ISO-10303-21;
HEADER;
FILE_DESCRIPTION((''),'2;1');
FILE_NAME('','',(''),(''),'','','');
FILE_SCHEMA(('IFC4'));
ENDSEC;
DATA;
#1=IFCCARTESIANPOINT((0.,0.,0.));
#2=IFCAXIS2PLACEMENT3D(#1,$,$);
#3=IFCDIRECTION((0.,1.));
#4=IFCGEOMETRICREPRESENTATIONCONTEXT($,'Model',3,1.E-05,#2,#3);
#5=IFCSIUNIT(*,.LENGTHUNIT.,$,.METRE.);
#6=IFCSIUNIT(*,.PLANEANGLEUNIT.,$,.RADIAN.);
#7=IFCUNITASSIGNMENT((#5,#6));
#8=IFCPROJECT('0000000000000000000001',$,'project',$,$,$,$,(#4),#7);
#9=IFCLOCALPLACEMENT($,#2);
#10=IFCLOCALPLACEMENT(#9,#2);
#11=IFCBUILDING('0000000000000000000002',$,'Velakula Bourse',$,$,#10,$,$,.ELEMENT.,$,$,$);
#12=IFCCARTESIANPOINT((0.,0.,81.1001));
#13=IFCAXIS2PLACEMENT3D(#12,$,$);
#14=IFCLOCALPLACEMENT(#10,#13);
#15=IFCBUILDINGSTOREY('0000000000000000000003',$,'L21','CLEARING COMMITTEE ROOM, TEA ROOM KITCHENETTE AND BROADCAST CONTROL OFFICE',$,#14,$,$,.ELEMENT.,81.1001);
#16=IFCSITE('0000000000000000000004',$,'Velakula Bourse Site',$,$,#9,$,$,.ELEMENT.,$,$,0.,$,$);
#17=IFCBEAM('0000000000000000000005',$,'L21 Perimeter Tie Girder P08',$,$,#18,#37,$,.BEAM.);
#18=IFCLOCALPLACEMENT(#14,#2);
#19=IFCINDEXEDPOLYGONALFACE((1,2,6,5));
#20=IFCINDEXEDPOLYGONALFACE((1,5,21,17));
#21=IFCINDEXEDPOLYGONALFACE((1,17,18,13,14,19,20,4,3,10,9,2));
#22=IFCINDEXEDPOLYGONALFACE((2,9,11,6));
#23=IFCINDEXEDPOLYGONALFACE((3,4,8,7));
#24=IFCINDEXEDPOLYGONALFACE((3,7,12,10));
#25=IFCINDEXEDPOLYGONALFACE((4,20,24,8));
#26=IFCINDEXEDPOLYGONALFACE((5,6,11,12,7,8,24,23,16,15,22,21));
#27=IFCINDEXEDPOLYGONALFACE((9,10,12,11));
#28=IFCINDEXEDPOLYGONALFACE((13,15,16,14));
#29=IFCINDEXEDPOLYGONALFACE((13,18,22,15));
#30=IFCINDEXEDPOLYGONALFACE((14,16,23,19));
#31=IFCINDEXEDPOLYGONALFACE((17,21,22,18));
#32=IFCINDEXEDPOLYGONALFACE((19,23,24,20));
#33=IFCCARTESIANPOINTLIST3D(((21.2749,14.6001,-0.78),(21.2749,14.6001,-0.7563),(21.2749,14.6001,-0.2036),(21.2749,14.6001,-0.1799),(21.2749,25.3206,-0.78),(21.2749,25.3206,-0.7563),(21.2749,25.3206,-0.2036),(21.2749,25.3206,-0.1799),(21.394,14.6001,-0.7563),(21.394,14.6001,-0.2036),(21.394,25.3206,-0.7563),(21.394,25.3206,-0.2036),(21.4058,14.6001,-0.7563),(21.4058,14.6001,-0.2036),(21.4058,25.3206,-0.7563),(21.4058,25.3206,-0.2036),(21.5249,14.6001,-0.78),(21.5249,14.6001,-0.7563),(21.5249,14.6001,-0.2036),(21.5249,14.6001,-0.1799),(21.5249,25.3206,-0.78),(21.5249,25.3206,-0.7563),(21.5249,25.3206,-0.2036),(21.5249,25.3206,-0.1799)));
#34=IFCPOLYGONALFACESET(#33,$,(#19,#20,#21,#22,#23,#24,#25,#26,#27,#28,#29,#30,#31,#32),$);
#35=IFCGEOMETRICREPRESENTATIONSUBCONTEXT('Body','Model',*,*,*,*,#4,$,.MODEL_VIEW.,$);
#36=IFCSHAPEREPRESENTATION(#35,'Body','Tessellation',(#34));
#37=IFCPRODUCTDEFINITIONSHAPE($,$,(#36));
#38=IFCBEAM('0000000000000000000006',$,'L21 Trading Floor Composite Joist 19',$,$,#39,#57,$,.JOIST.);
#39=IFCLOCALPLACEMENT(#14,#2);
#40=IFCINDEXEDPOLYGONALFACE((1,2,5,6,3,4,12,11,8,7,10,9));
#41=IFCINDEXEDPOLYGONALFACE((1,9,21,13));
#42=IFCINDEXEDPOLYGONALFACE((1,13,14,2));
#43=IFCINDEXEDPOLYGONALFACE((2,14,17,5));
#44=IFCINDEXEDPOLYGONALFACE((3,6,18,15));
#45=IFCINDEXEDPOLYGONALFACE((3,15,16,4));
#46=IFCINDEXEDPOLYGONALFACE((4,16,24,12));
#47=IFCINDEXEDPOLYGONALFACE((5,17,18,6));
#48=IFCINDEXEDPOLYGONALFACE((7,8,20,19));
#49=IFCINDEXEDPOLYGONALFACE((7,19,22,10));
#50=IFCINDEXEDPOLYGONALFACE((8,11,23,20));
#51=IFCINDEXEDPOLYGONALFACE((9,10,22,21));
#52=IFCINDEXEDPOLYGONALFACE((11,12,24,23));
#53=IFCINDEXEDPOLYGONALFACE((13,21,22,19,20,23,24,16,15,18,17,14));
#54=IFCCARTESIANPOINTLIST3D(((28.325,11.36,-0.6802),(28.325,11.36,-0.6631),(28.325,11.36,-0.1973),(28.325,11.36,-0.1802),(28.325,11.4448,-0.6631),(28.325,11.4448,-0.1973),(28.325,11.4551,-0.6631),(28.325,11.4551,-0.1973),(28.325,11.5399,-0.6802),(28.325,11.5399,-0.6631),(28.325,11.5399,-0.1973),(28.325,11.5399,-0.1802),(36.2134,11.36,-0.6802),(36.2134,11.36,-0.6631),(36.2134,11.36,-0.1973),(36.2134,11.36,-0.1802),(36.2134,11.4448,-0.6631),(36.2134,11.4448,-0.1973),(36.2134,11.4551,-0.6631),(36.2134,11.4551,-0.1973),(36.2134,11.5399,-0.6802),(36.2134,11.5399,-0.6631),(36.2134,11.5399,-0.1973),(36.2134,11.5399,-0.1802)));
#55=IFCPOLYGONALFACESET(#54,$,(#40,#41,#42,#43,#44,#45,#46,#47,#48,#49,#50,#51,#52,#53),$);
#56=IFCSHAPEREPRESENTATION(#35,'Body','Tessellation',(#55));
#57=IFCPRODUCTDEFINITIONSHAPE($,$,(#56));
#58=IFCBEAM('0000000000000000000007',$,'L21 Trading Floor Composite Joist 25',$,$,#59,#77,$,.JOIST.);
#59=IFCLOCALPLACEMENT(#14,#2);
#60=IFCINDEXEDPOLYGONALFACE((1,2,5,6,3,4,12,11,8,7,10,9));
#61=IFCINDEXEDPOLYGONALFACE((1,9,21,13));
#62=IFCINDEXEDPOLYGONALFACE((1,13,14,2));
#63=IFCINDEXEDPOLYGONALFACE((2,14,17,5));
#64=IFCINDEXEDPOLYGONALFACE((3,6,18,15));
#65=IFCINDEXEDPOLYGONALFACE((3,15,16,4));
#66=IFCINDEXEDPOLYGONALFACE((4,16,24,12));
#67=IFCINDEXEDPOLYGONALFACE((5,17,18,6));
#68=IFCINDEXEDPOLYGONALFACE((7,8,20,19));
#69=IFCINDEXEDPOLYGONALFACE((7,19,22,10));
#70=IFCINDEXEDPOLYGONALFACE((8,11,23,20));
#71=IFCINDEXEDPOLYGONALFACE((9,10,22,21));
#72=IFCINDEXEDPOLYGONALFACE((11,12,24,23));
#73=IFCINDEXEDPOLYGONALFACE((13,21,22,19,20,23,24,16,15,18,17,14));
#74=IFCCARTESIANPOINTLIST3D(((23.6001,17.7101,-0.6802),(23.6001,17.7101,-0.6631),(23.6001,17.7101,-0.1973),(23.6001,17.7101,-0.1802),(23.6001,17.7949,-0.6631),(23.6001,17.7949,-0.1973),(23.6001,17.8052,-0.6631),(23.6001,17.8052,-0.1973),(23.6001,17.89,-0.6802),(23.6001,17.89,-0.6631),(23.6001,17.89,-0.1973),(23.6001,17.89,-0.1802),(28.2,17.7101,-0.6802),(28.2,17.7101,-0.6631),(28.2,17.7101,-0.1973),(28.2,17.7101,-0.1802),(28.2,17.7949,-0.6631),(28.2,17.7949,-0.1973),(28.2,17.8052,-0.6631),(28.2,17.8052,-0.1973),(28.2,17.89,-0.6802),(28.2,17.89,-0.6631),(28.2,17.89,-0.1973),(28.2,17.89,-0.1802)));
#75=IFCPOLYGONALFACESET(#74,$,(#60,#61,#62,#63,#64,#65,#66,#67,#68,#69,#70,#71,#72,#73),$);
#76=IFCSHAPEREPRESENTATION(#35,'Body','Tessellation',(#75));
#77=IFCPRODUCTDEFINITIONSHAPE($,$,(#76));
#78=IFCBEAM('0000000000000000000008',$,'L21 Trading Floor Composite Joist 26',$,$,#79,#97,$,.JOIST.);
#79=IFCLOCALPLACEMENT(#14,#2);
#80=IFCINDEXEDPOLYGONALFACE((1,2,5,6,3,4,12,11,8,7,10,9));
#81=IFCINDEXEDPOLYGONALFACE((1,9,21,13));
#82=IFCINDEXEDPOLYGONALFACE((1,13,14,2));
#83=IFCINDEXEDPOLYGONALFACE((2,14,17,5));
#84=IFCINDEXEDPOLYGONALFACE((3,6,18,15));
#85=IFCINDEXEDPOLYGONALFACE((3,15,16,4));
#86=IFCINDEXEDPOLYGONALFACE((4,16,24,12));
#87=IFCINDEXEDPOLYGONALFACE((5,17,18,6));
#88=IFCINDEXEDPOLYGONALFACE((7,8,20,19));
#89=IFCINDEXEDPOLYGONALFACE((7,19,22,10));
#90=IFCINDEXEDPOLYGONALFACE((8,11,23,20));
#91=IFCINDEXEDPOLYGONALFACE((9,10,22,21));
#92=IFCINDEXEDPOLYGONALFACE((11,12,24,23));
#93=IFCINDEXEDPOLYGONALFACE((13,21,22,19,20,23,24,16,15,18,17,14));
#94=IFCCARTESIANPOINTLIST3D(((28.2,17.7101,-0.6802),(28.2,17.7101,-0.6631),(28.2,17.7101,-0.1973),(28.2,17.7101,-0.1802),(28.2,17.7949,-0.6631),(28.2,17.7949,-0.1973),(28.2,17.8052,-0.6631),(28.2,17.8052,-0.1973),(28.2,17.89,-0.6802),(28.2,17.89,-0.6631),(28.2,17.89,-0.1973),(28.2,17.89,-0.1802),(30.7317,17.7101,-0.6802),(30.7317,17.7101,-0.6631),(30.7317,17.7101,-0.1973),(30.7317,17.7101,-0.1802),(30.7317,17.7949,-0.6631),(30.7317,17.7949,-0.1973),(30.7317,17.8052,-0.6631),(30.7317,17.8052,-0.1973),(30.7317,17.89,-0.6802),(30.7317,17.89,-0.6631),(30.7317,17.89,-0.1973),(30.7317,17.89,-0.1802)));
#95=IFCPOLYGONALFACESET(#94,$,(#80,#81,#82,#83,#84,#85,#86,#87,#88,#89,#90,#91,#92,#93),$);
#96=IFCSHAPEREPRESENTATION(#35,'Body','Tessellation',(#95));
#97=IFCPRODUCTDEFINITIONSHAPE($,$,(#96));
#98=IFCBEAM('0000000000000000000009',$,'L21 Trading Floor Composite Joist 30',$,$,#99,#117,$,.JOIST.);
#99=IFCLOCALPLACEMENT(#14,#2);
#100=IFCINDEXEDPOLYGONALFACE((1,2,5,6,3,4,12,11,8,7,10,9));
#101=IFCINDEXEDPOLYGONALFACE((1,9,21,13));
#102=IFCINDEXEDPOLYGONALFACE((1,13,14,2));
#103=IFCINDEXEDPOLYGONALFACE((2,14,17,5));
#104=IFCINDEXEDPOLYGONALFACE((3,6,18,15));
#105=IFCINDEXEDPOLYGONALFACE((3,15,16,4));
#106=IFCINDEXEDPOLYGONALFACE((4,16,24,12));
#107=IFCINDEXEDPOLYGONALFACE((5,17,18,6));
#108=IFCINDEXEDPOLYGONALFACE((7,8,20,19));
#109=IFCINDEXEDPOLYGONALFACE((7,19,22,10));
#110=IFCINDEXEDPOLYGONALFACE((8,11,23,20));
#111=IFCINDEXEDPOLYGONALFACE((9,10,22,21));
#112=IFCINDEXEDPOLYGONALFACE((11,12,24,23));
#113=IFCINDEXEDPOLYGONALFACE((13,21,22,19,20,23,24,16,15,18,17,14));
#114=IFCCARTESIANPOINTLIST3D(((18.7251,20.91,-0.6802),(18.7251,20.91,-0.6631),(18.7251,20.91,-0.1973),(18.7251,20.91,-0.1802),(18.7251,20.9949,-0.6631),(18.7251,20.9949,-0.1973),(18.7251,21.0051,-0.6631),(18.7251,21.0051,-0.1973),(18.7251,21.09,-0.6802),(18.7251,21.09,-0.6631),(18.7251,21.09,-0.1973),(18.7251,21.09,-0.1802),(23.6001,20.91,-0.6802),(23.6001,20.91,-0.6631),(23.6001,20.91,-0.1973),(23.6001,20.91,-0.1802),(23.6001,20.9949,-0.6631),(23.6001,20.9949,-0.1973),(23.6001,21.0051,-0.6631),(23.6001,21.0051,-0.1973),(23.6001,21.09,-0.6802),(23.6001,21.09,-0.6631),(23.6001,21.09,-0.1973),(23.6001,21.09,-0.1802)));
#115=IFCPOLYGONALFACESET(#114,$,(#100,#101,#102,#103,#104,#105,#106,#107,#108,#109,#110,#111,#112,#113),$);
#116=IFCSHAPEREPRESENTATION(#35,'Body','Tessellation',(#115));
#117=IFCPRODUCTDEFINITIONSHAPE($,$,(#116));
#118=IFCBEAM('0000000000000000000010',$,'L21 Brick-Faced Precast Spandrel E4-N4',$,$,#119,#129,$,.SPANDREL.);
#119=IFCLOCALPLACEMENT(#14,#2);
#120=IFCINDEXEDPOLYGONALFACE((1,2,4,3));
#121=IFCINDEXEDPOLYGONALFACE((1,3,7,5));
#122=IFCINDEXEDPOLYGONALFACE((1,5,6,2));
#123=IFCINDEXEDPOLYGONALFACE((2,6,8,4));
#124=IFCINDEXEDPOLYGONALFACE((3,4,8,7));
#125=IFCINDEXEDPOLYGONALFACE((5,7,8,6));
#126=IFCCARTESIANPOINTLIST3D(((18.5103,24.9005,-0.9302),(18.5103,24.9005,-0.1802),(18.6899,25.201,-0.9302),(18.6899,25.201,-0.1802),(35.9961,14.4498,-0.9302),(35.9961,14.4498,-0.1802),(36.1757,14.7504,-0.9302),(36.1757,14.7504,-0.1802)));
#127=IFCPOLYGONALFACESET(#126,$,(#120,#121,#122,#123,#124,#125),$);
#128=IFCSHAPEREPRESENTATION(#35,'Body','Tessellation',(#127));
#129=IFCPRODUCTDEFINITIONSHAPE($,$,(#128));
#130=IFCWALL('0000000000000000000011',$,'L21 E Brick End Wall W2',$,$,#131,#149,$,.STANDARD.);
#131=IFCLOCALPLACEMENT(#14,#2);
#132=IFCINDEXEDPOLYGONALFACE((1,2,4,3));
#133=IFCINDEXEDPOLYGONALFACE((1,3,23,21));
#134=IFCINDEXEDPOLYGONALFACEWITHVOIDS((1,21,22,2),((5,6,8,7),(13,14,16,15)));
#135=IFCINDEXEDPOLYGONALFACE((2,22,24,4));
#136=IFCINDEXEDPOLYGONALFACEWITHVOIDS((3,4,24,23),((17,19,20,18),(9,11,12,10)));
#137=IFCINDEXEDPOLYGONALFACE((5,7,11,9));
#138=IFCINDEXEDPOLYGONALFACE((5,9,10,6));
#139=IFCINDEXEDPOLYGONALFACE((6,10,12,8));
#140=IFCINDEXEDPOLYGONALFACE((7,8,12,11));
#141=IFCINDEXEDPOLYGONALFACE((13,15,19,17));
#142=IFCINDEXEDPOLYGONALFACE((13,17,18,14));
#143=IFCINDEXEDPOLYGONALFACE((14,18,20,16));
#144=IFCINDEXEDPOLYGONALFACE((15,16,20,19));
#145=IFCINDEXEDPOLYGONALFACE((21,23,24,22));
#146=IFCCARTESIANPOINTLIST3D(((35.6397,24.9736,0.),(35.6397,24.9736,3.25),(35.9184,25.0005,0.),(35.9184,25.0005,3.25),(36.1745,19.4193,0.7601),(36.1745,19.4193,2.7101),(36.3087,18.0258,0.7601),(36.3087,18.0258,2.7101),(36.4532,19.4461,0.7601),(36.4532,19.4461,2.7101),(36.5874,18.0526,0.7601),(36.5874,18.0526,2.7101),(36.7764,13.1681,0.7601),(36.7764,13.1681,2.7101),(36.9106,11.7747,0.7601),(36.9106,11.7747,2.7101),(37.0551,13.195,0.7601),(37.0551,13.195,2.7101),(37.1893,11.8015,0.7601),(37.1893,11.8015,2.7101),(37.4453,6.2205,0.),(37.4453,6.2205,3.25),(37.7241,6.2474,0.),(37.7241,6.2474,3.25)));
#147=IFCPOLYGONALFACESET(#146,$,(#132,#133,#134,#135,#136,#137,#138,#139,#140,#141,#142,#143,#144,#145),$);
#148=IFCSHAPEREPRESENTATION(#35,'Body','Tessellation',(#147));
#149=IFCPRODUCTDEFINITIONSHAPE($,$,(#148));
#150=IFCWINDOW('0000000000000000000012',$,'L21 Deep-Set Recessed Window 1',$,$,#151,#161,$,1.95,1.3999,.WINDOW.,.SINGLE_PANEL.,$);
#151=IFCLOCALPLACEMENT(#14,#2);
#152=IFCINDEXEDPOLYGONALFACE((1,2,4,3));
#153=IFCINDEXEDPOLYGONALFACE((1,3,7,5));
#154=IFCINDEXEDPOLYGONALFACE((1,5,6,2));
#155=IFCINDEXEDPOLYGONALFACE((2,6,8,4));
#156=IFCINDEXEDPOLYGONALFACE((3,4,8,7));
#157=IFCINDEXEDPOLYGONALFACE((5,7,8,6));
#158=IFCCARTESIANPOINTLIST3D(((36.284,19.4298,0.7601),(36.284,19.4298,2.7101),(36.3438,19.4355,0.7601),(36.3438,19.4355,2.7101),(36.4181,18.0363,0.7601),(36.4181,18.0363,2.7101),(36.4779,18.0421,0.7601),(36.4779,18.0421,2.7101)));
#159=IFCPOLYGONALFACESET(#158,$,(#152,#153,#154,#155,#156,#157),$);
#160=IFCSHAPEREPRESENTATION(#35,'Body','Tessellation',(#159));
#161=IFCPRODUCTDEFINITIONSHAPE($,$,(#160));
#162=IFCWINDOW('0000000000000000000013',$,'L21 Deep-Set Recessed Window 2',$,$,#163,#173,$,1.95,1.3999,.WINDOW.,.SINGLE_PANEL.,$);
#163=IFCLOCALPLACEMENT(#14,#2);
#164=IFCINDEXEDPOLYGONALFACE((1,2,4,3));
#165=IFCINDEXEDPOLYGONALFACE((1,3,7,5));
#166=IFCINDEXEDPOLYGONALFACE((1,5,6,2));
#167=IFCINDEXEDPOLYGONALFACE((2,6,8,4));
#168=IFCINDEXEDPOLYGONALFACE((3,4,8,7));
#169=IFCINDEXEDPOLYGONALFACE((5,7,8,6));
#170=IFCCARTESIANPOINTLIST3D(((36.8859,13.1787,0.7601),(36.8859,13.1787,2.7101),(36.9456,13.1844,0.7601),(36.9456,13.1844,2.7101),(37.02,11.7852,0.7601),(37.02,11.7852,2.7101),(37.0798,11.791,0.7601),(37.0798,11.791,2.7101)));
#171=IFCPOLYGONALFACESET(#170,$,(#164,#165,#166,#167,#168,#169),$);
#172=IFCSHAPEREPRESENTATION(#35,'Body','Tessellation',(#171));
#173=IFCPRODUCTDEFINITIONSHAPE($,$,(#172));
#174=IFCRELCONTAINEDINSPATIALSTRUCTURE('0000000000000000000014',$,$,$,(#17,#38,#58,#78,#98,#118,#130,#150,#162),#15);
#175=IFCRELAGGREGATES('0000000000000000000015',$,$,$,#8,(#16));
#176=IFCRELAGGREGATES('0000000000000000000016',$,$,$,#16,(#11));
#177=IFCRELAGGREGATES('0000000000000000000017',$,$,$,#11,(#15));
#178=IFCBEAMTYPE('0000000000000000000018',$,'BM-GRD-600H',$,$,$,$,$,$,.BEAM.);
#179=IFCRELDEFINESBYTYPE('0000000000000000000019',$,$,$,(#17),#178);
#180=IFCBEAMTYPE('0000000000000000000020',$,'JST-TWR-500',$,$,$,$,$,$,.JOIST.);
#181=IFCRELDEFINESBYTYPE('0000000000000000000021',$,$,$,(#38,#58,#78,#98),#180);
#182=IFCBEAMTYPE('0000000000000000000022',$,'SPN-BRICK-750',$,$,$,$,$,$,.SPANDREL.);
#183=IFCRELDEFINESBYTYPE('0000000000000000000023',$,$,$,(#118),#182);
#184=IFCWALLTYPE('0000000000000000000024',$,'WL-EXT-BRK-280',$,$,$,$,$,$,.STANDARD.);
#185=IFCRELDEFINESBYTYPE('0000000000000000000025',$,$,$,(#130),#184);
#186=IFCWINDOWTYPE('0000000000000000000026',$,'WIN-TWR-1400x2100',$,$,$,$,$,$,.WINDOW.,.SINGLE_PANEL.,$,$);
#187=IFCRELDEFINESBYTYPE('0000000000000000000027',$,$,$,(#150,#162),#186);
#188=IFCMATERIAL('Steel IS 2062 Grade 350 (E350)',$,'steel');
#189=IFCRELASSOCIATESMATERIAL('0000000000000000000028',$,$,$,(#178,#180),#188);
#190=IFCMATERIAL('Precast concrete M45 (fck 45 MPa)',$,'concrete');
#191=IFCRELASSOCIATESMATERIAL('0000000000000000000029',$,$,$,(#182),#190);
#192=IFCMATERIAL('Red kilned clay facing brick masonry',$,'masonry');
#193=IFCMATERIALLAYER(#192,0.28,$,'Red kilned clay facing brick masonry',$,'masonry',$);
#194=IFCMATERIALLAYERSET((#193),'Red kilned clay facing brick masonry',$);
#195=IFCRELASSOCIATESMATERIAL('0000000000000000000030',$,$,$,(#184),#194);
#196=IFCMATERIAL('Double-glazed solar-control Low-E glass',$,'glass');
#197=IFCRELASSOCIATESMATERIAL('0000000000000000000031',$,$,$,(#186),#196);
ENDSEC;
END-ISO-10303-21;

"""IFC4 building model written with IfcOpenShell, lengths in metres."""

from ifc_helpers import new_model, si_unit, direction, frame, frame_2d, origin, origin_2d, place, context, subcontext, project, spatial, rectangle, i_section, extrude, material, layer, layer_set, material_profile, profile_set, type_object, element, fill, save


model = new_model("IFC4")

# Units and contexts
model_context = context("Model", 3, precision=1e-05, world=origin(), true_north=direction((0.0, 1.0)))
body_context = subcontext(model_context, "Body", "Model", "MODEL_VIEW")
ifc_project = project(units=[si_unit("LENGTHUNIT", "METRE"), si_unit("PLANEANGLEUNIT", "RADIAN")], contexts=[model_context])

# Site, building, storey
site_placement = place(None, origin())
site = spatial("IfcSite", under=ifc_project, at=site_placement, Name="Velakula Bourse Site", CompositionType="ELEMENT", RefElevation=0.0)
building_placement = place(site_placement, origin())
building = spatial("IfcBuilding", under=site, at=building_placement, Name="Velakula Bourse", CompositionType="ELEMENT")
storey_placement = place(building_placement, frame((0.0, 0.0, 81.1001)))
storey = spatial("IfcBuildingStorey", under=building, at=storey_placement, Name="L21", Description="CLEARING COMMITTEE ROOM, TEA ROOM KITCHENETTE AND BROADCAST CONTROL OFFICE", CompositionType="ELEMENT", Elevation=81.1001)

# Shared definitions
ifc_material_1 = material(Name="Precast concrete M45 (fck 45 MPa)", Category="concrete")

# Beams
ifc_material_2 = material(Name="Steel IS 2062 Grade 350 (E350)", Category="steel")
ifc_material_profile_1 = material_profile(ifc_material_2, i_section(OverallWidth=0.25, OverallDepth=0.6001, WebThickness=0.0117, FlangeThickness=0.0237, at=origin_2d()), Name="Steel IS 2062 Grade 350 (E350)")
ifc_profile_set_1 = profile_set([ifc_material_profile_1], Name="Steel IS 2062 Grade 350 (E350)")
beam_type_1 = type_object("IfcBeamType", Name="BM-GRD-600H", PredefinedType="BEAM", material=ifc_profile_set_1)
beam_1_placement = place(storey_placement, frame((21.3999, 14.6001, -0.48), z_axis=(0.0, 1.0, 0.0), x_axis=(-1.0, 0.0, 0.0)))
element("IfcBeam", 1, at=beam_1_placement, inside=storey, type_object=beam_type_1, Name="L21 Perimeter Tie Girder P08", PredefinedType="BEAM", context=body_context, shape_type="SweptSolid", body=[
    extrude(i_section(OverallWidth=0.25, OverallDepth=0.6001, WebThickness=0.0117, FlangeThickness=0.0237, at=origin_2d()), origin(), (0.0, 0.0, 1.0), 10.7205),
])
ifc_material_profile_2 = material_profile(ifc_material_2, i_section(OverallWidth=0.1799, OverallDepth=0.5, WebThickness=0.0103, FlangeThickness=0.0171, at=origin_2d()), Name="Steel IS 2062 Grade 350 (E350)")
ifc_profile_set_2 = profile_set([ifc_material_profile_2], Name="Steel IS 2062 Grade 350 (E350)")
beam_type_2 = type_object("IfcBeamType", Name="JST-TWR-500", PredefinedType="JOIST", material=ifc_profile_set_2)
beam_2_placement = place(storey_placement, frame((28.325, 11.45, -0.4302), z_axis=(1.0, 0.0, 0.0), x_axis=(0.0, 1.0, 0.0)))
element("IfcBeam", 2, at=beam_2_placement, inside=storey, type_object=beam_type_2, Name="L21 Trading Floor Composite Joist 19", PredefinedType="JOIST", context=body_context, shape_type="SweptSolid", body=[
    extrude(i_section(OverallWidth=0.1799, OverallDepth=0.5, WebThickness=0.0103, FlangeThickness=0.0171, at=origin_2d()), origin(), (0.0, 0.0, 1.0), 7.8884),
])
beam_3_placement = place(storey_placement, frame((23.6001, 17.8, -0.4302), z_axis=(1.0, 0.0, 0.0), x_axis=(0.0, 1.0, 0.0)))
element("IfcBeam", 3, at=beam_3_placement, inside=storey, type_object=beam_type_2, Name="L21 Trading Floor Composite Joist 25", PredefinedType="JOIST", context=body_context, shape_type="SweptSolid", body=[
    extrude(i_section(OverallWidth=0.1799, OverallDepth=0.5, WebThickness=0.0103, FlangeThickness=0.0171, at=origin_2d()), origin(), (0.0, 0.0, 1.0), 4.5999),
])
beam_4_placement = place(storey_placement, frame((28.2, 17.8, -0.4302), z_axis=(1.0, 0.0, 0.0), x_axis=(0.0, 1.0, 0.0)))
element("IfcBeam", 4, at=beam_4_placement, inside=storey, type_object=beam_type_2, Name="L21 Trading Floor Composite Joist 26", PredefinedType="JOIST", context=body_context, shape_type="SweptSolid", body=[
    extrude(i_section(OverallWidth=0.1799, OverallDepth=0.5, WebThickness=0.0103, FlangeThickness=0.0171, at=origin_2d()), origin(), (0.0, 0.0, 1.0), 2.5317),
])
beam_5_placement = place(storey_placement, frame((18.7251, 21.0, -0.4302), z_axis=(1.0, 0.0, 0.0), x_axis=(0.0, 1.0, 0.0)))
element("IfcBeam", 5, at=beam_5_placement, inside=storey, type_object=beam_type_2, Name="L21 Trading Floor Composite Joist 30", PredefinedType="JOIST", context=body_context, shape_type="SweptSolid", body=[
    extrude(i_section(OverallWidth=0.1799, OverallDepth=0.5, WebThickness=0.0103, FlangeThickness=0.0171, at=origin_2d()), origin(), (0.0, 0.0, 1.0), 4.875),
])
ifc_material_profile_3 = material_profile(ifc_material_1, rectangle(XDim=0.3501, YDim=0.75, at=origin_2d()), Name="Precast concrete M45 (fck 45 MPa)")
ifc_profile_set_3 = profile_set([ifc_material_profile_3], Name="Precast concrete M45 (fck 45 MPa)")
beam_type_3 = type_object("IfcBeamType", Name="SPN-BRICK-750", PredefinedType="SPANDREL", material=ifc_profile_set_3)
beam_6_placement = place(storey_placement, frame((36.0859, 14.6001, -0.5552), z_axis=(-0.858376, 0.513022, 0.0), x_axis=(-0.513022, -0.858376, 0.0)))
element("IfcBeam", 6, at=beam_6_placement, inside=storey, type_object=beam_type_3, Name="L21 Brick-Faced Precast Spandrel E4-N4", PredefinedType="SPANDREL", context=body_context, shape_type="SweptSolid", body=[
    extrude(rectangle(XDim=0.3501, YDim=0.75, at=origin_2d()), origin(), (0.0, 0.0, 1.0), 20.3708),
])

# Wall, openings, windows
ifc_material_3 = material(Name="Red kilned clay facing brick masonry", Category="masonry")
ifc_layer = layer(ifc_material_3, 0.28, Name="Red kilned clay facing brick masonry", Category="masonry")
ifc_layer_set = layer_set([ifc_layer], Name="Red kilned clay facing brick masonry")
wall_type = type_object("IfcWallType", Name="WL-EXT-BRK-280", PredefinedType="STANDARD", material=ifc_layer_set)
wall_1_placement = place(storey_placement, frame((35.7791, 24.9871, 0.0), z_axis=(0.0, 0.0, 1.0), x_axis=(0.095843, -0.995397, 0.0)))
wall_1 = element("IfcWall", 7, at=wall_1_placement, inside=storey, type_object=wall_type, Name="L21 E Brick End Wall W2", PredefinedType="STANDARD", context=body_context, shape_type="SweptSolid", body=[
    extrude(rectangle(XDim=18.8398, YDim=0.28, at=frame_2d((9.4199, 0.0))), origin(), (0.0, 0.0, 1.0), 3.25),
])
opening_1_placement = place(wall_1_placement, frame((5.5801, 0.0, 0.76)))
opening_1 = element("IfcOpeningElement", 8, at=opening_1_placement, cuts=wall_1, PredefinedType="OPENING", context=body_context, shape_type="SweptSolid", body=[
    extrude(rectangle(XDim=1.3999, YDim=1.95, at=frame_2d((0.7, 0.9751))), frame((0.0, 0.1499, 0.0), z_axis=(0.0, -1.0, 0.0), x_axis=(1.0, 0.0, 0.0)), (0.0, 0.0, 1.0), 0.3),
])
opening_2_placement = place(wall_1_placement, frame((11.8601, 0.0, 0.76)))
opening_2 = element("IfcOpeningElement", 9, at=opening_2_placement, cuts=wall_1, PredefinedType="OPENING", context=body_context, shape_type="SweptSolid", body=[
    extrude(rectangle(XDim=1.3999, YDim=1.95, at=frame_2d((0.7, 0.9751))), frame((0.0, 0.1499, 0.0), z_axis=(0.0, -1.0, 0.0), x_axis=(1.0, 0.0, 0.0)), (0.0, 0.0, 1.0), 0.3),
])
ifc_material_4 = material(Name="Double-glazed solar-control Low-E glass", Category="glass")
window_type = type_object("IfcWindowType", Name="WIN-TWR-1400x2100", PartitioningType="SINGLE_PANEL", PredefinedType="WINDOW", material=ifc_material_4)
window_1_placement = place(opening_1_placement, origin())
window_1 = element("IfcWindow", 10, at=window_1_placement, inside=storey, type_object=window_type, Name="L21 Deep-Set Recessed Window 1", OverallHeight=1.95, OverallWidth=1.3999, PartitioningType="SINGLE_PANEL", PredefinedType="WINDOW", context=body_context, shape_type="SweptSolid", body=[
    extrude(rectangle(XDim=1.3999, YDim=1.95, at=frame_2d((0.7, 0.9751))), frame((0.0, 0.03, 0.0), z_axis=(0.0, -1.0, 0.0), x_axis=(1.0, 0.0, 0.0)), (0.0, 0.0, 1.0), 0.0601),
])
fill(opening_1, window_1)
window_2_placement = place(opening_2_placement, origin())
window_2 = element("IfcWindow", 11, at=window_2_placement, inside=storey, type_object=window_type, Name="L21 Deep-Set Recessed Window 2", OverallHeight=1.95, OverallWidth=1.3999, PartitioningType="SINGLE_PANEL", PredefinedType="WINDOW", context=body_context, shape_type="SweptSolid", body=[
    extrude(rectangle(XDim=1.3999, YDim=1.95, at=frame_2d((0.7, 0.9751))), frame((0.0, 0.03, 0.0), z_axis=(0.0, -1.0, 0.0), x_axis=(1.0, 0.0, 0.0)), (0.0, 0.0, 1.0), 0.0601),
])
fill(opening_2, window_2)

save(model, "model.ifc")
